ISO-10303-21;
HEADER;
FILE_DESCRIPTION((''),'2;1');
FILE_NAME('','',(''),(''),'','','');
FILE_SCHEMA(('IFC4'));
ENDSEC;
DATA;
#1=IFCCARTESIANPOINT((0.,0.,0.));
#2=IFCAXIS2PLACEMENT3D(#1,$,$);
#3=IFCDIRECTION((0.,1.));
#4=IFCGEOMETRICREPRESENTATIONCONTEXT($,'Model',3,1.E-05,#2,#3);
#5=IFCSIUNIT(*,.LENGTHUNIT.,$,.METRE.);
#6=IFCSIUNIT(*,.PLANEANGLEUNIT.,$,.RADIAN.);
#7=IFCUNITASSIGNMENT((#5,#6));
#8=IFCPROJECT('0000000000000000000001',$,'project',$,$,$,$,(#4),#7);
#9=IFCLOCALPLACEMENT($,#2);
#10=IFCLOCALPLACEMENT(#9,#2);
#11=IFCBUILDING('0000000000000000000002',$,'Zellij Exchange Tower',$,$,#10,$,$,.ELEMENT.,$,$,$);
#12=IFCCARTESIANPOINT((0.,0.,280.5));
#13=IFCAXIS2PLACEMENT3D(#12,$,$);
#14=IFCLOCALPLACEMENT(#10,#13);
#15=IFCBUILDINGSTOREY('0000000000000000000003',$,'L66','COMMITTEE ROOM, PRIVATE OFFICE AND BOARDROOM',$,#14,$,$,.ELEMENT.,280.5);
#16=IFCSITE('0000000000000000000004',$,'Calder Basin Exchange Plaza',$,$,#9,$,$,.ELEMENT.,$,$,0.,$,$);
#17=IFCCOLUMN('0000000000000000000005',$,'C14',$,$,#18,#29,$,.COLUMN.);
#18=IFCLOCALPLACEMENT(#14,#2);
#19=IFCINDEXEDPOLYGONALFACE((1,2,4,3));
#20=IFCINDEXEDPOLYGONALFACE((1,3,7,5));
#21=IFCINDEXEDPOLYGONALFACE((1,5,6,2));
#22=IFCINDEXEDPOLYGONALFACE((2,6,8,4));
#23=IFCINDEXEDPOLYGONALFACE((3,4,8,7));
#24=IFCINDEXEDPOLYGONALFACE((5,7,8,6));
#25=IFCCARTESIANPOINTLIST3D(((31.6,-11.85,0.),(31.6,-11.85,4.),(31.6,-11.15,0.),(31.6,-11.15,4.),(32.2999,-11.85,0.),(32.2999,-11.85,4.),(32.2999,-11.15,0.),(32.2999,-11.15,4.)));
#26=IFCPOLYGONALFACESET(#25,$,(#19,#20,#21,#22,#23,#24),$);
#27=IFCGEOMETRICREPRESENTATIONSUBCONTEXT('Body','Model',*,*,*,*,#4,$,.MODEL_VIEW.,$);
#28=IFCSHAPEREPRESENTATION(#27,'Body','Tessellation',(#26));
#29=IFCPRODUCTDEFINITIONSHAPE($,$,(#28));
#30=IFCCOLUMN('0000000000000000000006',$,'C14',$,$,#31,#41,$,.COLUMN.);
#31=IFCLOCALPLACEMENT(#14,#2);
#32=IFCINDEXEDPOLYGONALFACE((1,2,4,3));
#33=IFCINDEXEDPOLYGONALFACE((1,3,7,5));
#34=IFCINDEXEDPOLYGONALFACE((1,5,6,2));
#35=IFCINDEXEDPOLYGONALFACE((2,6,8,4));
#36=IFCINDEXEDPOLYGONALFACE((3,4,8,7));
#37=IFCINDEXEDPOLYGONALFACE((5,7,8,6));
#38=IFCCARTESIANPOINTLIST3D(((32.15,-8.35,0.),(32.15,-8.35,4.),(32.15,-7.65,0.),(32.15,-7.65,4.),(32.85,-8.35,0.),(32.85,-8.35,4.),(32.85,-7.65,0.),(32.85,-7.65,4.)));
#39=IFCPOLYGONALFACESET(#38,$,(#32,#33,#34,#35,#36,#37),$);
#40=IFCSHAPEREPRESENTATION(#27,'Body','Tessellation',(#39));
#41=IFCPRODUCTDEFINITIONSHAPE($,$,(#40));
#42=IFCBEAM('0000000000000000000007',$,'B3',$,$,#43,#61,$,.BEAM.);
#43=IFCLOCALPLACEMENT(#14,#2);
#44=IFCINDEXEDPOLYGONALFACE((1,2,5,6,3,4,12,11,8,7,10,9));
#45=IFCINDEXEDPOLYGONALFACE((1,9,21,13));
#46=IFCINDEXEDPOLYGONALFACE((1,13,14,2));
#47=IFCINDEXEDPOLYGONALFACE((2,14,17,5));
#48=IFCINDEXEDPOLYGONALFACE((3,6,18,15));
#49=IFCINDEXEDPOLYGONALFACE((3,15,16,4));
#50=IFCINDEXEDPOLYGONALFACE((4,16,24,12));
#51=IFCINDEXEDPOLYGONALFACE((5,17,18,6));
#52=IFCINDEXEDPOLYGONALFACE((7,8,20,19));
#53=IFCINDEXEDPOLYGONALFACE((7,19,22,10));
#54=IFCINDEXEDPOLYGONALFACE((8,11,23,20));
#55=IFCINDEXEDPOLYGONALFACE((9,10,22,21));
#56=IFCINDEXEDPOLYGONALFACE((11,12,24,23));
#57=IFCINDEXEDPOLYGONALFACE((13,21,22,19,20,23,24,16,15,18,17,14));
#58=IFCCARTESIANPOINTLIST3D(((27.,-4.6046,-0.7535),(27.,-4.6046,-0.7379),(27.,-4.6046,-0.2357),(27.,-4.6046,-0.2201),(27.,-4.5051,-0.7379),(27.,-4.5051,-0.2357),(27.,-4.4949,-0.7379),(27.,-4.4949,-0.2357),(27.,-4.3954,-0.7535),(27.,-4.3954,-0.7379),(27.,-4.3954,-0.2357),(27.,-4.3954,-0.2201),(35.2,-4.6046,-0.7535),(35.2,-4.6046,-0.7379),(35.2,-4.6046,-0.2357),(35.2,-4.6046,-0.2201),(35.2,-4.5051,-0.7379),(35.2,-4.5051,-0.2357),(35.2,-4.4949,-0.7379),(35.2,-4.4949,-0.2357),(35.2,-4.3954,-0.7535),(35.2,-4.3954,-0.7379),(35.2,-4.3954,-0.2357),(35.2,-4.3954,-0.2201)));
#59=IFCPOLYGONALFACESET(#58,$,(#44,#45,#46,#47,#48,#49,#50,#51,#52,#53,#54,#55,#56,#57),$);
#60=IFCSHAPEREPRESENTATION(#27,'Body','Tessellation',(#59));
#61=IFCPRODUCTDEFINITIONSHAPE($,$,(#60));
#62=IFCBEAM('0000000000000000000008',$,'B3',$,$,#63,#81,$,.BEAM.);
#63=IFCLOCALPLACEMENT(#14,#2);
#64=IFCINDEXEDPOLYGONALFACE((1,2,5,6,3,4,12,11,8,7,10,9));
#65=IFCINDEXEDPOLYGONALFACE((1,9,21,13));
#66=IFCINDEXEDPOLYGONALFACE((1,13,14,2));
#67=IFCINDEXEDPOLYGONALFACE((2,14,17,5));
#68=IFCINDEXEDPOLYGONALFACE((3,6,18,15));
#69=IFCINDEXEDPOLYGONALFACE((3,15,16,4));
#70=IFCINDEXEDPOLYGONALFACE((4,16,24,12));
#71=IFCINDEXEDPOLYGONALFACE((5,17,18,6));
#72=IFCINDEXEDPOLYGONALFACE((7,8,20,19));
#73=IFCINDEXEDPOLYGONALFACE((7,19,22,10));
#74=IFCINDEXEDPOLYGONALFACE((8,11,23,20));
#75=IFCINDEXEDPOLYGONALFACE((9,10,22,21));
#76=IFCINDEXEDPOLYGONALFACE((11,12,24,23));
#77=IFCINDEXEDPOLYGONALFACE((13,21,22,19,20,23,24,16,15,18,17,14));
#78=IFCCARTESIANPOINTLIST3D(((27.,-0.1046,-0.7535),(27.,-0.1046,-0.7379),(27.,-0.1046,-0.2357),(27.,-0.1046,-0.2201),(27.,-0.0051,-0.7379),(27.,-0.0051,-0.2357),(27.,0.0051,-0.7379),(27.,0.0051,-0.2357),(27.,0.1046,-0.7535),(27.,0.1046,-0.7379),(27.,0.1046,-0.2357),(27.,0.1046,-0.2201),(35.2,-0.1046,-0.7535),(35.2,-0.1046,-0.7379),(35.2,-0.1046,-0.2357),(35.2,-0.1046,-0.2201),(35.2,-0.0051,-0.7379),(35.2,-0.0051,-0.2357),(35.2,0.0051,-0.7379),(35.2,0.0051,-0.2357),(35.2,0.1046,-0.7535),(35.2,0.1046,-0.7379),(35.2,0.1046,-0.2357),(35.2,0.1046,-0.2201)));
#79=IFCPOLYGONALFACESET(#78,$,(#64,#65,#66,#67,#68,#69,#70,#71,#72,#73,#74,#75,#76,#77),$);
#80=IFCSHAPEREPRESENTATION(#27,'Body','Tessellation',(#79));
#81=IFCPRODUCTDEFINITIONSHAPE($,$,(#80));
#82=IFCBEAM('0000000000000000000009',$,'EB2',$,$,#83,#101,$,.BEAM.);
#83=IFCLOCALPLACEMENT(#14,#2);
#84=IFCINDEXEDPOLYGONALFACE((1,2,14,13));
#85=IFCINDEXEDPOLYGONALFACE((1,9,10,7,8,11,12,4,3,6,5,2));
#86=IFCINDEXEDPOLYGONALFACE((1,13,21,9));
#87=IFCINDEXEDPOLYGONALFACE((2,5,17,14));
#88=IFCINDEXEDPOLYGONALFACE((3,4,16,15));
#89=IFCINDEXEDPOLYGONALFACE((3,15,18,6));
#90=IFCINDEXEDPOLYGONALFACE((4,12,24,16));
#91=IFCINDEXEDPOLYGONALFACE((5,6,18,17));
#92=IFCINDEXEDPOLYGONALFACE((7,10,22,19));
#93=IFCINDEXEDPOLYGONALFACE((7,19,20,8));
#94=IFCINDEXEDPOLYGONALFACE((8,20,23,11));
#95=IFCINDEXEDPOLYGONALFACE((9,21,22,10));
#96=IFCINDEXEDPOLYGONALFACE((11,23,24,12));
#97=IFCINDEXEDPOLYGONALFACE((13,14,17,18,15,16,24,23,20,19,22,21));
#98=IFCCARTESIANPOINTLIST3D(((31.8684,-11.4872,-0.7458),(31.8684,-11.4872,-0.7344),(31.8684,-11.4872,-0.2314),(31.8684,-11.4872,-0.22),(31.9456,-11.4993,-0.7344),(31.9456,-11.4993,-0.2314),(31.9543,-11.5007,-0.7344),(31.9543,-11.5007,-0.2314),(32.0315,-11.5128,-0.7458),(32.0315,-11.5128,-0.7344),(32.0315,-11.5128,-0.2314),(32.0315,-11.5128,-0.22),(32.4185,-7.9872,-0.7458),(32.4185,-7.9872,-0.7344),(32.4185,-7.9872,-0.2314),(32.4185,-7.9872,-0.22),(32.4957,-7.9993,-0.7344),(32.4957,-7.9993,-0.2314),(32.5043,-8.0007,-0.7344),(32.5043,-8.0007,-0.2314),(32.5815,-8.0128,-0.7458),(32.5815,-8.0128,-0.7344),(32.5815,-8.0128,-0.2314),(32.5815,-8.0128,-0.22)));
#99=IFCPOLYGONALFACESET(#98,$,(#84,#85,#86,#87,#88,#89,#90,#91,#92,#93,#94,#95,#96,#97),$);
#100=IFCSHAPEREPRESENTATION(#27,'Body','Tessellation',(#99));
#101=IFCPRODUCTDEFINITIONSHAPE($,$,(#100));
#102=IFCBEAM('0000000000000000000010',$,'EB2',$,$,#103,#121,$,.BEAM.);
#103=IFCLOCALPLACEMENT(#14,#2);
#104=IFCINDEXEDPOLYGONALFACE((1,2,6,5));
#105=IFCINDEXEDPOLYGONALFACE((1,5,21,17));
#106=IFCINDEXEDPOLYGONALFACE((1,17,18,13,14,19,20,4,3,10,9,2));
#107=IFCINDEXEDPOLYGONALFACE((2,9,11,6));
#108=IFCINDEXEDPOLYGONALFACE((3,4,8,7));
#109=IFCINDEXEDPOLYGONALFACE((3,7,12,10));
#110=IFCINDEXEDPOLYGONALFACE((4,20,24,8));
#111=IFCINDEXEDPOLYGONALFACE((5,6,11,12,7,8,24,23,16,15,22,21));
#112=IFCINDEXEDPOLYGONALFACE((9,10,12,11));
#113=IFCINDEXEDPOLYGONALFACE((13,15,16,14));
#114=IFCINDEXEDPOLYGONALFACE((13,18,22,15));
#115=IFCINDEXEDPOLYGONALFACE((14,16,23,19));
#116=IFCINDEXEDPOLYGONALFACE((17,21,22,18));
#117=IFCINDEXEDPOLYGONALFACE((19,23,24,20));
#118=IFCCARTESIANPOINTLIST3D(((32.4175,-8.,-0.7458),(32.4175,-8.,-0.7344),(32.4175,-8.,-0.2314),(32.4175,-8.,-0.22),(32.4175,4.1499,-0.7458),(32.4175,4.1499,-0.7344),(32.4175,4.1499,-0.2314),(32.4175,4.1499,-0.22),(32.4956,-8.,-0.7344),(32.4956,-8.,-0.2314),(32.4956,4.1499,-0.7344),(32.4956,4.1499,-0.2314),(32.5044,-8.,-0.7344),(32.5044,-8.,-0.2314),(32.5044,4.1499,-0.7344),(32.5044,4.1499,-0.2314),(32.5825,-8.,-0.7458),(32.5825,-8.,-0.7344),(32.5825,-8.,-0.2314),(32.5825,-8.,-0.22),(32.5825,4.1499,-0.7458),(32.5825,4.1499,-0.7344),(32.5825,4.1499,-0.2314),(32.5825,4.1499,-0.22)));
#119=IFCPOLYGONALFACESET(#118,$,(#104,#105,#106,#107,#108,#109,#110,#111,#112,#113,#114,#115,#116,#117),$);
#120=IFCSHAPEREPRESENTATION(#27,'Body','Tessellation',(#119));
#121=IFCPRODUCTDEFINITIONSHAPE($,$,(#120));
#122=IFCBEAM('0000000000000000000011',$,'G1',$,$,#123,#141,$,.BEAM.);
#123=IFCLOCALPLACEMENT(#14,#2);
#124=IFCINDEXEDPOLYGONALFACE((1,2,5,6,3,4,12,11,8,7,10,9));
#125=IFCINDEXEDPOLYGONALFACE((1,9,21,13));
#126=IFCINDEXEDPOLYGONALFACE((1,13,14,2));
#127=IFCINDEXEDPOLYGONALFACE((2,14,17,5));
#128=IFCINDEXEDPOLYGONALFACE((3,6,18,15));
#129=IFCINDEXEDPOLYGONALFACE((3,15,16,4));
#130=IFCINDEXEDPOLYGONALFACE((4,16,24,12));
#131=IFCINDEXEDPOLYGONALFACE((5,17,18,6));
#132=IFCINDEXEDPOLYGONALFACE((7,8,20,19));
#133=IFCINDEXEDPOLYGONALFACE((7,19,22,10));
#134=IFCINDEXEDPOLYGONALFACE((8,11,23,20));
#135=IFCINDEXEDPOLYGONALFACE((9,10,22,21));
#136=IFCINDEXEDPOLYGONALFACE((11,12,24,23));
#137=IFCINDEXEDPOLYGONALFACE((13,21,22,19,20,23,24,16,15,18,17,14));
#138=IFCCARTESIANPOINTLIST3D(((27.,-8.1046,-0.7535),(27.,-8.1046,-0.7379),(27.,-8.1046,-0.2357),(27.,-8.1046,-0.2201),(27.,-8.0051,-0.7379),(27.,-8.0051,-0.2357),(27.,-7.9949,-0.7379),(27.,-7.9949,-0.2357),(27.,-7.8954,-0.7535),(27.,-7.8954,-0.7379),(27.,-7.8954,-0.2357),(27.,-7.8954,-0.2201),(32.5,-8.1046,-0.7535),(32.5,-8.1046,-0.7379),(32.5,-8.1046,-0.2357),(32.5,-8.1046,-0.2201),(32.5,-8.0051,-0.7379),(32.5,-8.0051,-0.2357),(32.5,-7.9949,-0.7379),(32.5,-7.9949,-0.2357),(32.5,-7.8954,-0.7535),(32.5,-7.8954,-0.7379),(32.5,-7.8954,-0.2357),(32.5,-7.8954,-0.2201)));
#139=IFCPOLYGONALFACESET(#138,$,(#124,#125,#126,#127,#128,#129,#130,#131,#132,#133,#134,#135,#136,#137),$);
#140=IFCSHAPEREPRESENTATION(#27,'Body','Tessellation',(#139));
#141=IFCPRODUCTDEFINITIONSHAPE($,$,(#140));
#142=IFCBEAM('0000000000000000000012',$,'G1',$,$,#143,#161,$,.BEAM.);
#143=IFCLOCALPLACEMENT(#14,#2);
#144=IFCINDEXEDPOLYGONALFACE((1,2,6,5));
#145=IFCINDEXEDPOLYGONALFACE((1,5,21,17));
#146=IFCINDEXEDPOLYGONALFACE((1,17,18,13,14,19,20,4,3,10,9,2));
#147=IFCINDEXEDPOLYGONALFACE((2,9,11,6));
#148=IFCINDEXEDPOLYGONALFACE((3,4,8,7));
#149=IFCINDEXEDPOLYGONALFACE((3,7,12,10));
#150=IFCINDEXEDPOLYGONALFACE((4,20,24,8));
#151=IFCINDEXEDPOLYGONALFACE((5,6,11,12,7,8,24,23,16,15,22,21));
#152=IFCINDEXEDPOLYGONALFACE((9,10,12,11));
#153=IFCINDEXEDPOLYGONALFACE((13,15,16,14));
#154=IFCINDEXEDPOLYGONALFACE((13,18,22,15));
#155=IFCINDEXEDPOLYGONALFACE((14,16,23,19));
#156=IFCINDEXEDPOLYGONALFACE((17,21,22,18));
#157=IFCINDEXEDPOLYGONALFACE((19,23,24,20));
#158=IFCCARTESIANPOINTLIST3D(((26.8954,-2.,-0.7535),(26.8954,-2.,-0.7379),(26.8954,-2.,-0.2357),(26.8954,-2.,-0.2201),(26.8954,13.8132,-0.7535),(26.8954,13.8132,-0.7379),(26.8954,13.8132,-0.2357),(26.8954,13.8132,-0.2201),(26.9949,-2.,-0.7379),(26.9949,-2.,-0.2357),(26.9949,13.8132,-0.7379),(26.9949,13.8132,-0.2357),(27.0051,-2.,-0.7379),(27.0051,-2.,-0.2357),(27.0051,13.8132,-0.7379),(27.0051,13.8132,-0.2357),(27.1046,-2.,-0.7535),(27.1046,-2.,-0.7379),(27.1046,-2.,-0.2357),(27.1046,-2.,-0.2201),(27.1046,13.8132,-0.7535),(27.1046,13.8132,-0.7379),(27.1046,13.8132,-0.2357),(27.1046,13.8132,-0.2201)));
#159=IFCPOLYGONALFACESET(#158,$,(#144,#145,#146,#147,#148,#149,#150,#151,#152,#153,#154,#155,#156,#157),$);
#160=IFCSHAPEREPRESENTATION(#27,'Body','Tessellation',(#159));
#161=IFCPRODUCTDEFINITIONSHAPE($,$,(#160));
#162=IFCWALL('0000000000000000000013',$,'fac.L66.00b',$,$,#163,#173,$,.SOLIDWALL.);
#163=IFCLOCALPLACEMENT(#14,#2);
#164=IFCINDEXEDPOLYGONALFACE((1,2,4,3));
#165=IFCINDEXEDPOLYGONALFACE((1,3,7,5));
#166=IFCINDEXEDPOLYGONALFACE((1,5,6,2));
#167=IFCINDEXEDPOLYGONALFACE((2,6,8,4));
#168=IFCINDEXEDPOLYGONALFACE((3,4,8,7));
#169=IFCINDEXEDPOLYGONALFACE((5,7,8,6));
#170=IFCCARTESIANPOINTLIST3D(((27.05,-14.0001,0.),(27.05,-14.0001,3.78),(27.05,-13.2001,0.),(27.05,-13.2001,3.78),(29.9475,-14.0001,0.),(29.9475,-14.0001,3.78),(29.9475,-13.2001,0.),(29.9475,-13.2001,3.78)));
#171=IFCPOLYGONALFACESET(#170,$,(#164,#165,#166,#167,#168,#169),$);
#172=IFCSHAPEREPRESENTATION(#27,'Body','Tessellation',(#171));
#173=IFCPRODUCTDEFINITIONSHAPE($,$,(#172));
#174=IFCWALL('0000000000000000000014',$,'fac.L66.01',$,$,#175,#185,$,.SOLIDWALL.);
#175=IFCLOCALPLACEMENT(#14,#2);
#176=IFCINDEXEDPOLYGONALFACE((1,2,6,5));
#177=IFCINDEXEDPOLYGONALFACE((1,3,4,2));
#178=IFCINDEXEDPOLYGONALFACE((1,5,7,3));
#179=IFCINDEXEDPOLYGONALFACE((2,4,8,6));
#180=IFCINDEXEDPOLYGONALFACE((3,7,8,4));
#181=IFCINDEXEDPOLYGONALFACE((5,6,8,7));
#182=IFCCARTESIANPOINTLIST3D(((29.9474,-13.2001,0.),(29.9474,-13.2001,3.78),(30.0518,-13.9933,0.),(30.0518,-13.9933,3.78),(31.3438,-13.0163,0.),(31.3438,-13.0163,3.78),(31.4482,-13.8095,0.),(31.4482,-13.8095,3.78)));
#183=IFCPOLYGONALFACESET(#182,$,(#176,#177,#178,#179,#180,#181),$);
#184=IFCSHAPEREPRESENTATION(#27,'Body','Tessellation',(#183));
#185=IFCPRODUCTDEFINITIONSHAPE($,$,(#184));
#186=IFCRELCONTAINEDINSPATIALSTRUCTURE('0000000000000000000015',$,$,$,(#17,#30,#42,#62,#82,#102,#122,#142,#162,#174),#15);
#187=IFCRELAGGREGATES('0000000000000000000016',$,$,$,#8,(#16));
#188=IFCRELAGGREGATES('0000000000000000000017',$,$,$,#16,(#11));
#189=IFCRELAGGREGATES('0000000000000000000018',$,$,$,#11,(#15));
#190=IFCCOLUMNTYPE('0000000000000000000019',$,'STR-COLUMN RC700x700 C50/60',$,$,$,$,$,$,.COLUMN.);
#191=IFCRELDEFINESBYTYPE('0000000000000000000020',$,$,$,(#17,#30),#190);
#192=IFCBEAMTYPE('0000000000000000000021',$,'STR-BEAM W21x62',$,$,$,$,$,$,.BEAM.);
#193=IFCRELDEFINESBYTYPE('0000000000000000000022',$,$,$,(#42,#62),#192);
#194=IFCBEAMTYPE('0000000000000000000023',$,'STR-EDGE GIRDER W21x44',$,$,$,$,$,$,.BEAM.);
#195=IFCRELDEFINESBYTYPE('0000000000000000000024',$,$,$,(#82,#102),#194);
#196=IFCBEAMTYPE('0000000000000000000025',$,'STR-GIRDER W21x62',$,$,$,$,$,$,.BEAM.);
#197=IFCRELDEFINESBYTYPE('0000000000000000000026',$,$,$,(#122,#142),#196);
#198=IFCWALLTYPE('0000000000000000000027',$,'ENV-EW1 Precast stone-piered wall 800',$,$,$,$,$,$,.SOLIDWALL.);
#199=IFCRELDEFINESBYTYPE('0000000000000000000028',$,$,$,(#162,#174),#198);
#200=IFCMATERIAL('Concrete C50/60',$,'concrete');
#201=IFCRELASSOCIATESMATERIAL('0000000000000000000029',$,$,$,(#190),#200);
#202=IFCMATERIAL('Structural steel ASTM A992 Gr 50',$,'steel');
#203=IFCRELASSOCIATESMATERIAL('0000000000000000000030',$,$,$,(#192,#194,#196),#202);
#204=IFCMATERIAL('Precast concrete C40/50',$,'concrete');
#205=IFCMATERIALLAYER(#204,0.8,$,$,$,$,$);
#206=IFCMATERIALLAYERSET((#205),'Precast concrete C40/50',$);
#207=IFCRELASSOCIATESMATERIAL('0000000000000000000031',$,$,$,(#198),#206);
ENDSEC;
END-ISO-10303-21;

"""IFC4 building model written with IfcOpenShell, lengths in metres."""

from ifc_helpers import new_model, si_unit, direction, frame, frame_2d, origin, origin_2d, place, context, subcontext, project, spatial, rectangle, i_section, extrude, material, layer, layer_set, material_profile, profile_set, type_object, element, save


model = new_model("IFC4")

# Units and contexts
model_context = context("Model", 3, precision=1e-05, world=origin(), true_north=direction((0.0, 1.0)))
body_context = subcontext(model_context, "Body", "Model", "MODEL_VIEW")
ifc_project = project(units=[si_unit("LENGTHUNIT", "METRE"), si_unit("PLANEANGLEUNIT", "RADIAN")], contexts=[model_context])

# Site, building, storey
site_placement = place(None, origin())
site = spatial("IfcSite", under=ifc_project, at=site_placement, Name="Calder Basin Exchange Plaza", CompositionType="ELEMENT", RefElevation=0.0)
building_placement = place(site_placement, origin())
building = spatial("IfcBuilding", under=site, at=building_placement, Name="Zellij Exchange Tower", CompositionType="ELEMENT")
storey_placement = place(building_placement, frame((0.0, 0.0, 280.5)))
storey = spatial("IfcBuildingStorey", under=building, at=storey_placement, Name="L66", Description="COMMITTEE ROOM, PRIVATE OFFICE AND BOARDROOM", CompositionType="ELEMENT", Elevation=280.5)

# Columns
ifc_material_1 = material(Name="Concrete C50/60", Category="concrete")
ifc_material_profile_1 = material_profile(ifc_material_1, rectangle(XDim=0.7, YDim=0.7, at=origin_2d()), Name="STR-COLUMN RC700x700 C50/60")
ifc_profile_set_1 = profile_set([ifc_material_profile_1], Name="Concrete C50/60")
column_type = type_object("IfcColumnType", Name="STR-COLUMN RC700x700 C50/60", PredefinedType="COLUMN", material=ifc_profile_set_1)
for number, where, z_axis, x_axis, name in (
    (1, (31.95, -11.5, 0.0), (0.0, 0.0, 1.0), (1.0, 0.0, 0.0), "C14"),
    (2, (32.5, -8.0, 0.0), (0.0, 0.0, 1.0), (1.0, 0.0, 0.0), "C14"),
):
    element("IfcColumn", number, at=place(storey_placement, frame(where, z_axis=z_axis, x_axis=x_axis)), inside=storey, type_object=column_type, Name=name, PredefinedType="COLUMN", context=body_context, shape_type="SweptSolid", body=[
        extrude(rectangle(XDim=0.7, YDim=0.7, at=origin_2d()), origin(), (0.0, 0.0, 1.0), 4.0),
    ])

# Beams
ifc_material_2 = material(Name="Structural steel ASTM A992 Gr 50", Category="steel")
ifc_material_profile_2 = material_profile(ifc_material_2, i_section(OverallWidth=0.2092, OverallDepth=0.5334, WebThickness=0.0103, FlangeThickness=0.0156, at=origin_2d()), Name="W21x62")
ifc_profile_set_2 = profile_set([ifc_material_profile_2], Name="Structural steel ASTM A992 Gr 50")
beam_type_1 = type_object("IfcBeamType", Name="STR-BEAM W21x62", PredefinedType="BEAM", material=ifc_profile_set_2)
for number, where, z_axis, x_axis, name in (
    (3, (27.0, -4.5, -0.4868), (1.0, 0.0, 0.0), (0.0, 1.0, 0.0), "B3"),
    (4, (27.0, 0.0, -0.4868), (1.0, 0.0, 0.0), (0.0, 1.0, 0.0), "B3"),
):
    element("IfcBeam", number, at=place(storey_placement, frame(where, z_axis=z_axis, x_axis=x_axis)), inside=storey, type_object=beam_type_1, Name=name, PredefinedType="BEAM", context=body_context, shape_type="SweptSolid", body=[
        extrude(i_section(OverallWidth=0.2092, OverallDepth=0.5334, WebThickness=0.0103, FlangeThickness=0.0156, at=origin_2d()), origin(), (0.0, 0.0, 1.0), 8.2),
    ])
ifc_material_profile_3 = material_profile(ifc_material_2, i_section(OverallWidth=0.165, OverallDepth=0.5259, WebThickness=0.0088, FlangeThickness=0.0115, at=origin_2d()), Name="W21x44")
ifc_profile_set_3 = profile_set([ifc_material_profile_3], Name="Structural steel ASTM A992 Gr 50")
beam_type_2 = type_object("IfcBeamType", Name="STR-EDGE GIRDER W21x44", PredefinedType="BEAM", material=ifc_profile_set_3)
beam_1_placement = place(storey_placement, frame((31.95, -11.5, -0.4829), z_axis=(0.155251, 0.987875, 0.0), x_axis=(-0.987875, 0.155251, 0.0)))
element("IfcBeam", 5, at=beam_1_placement, inside=storey, type_object=beam_type_2, Name="EB2", PredefinedType="BEAM", context=body_context, shape_type="SweptSolid", body=[
    extrude(i_section(OverallWidth=0.165, OverallDepth=0.5259, WebThickness=0.0088, FlangeThickness=0.0115, at=origin_2d()), origin(), (0.0, 0.0, 1.0), 3.543),
])
beam_2_placement = place(storey_placement, frame((32.5, -8.0, -0.4829), z_axis=(0.0, 1.0, 0.0), x_axis=(-1.0, 0.0, 0.0)))
element("IfcBeam", 6, at=beam_2_placement, inside=storey, type_object=beam_type_2, Name="EB2", PredefinedType="BEAM", context=body_context, shape_type="SweptSolid", body=[
    extrude(i_section(OverallWidth=0.165, OverallDepth=0.5259, WebThickness=0.0088, FlangeThickness=0.0115, at=origin_2d()), origin(), (0.0, 0.0, 1.0), 12.1499),
])
ifc_material_profile_4 = material_profile(ifc_material_2, i_section(OverallWidth=0.2092, OverallDepth=0.5334, WebThickness=0.0103, FlangeThickness=0.0156, at=origin_2d()), Name="W21x62")
ifc_profile_set_4 = profile_set([ifc_material_profile_4], Name="Structural steel ASTM A992 Gr 50")
beam_type_3 = type_object("IfcBeamType", Name="STR-GIRDER W21x62", PredefinedType="BEAM", material=ifc_profile_set_4)
beam_3_placement = place(storey_placement, frame((27.0, -8.0, -0.4868), z_axis=(1.0, 0.0, 0.0), x_axis=(0.0, 1.0, 0.0)))
element("IfcBeam", 7, at=beam_3_placement, inside=storey, type_object=beam_type_3, Name="G1", PredefinedType="BEAM", context=body_context, shape_type="SweptSolid", body=[
    extrude(i_section(OverallWidth=0.2092, OverallDepth=0.5334, WebThickness=0.0103, FlangeThickness=0.0156, at=origin_2d()), origin(), (0.0, 0.0, 1.0), 5.5),
])
beam_4_placement = place(storey_placement, frame((27.0, -2.0, -0.4868), z_axis=(0.0, 1.0, 0.0), x_axis=(-1.0, 0.0, 0.0)))
element("IfcBeam", 8, at=beam_4_placement, inside=storey, type_object=beam_type_3, Name="G1", PredefinedType="BEAM", context=body_context, shape_type="SweptSolid", body=[
    extrude(i_section(OverallWidth=0.2092, OverallDepth=0.5334, WebThickness=0.0103, FlangeThickness=0.0156, at=origin_2d()), origin(), (0.0, 0.0, 1.0), 15.8132),
])

# Walls
ifc_material_3 = material(Name="Precast concrete C40/50", Category="concrete")
ifc_layer_1 = layer(ifc_material_3, 0.8)
ifc_layer_set_1 = layer_set([ifc_layer_1], Name="Precast concrete C40/50")
wall_type_1 = type_object("IfcWallType", Name="ENV-EW1 Precast stone-piered wall 800", PredefinedType="SOLIDWALL", material=ifc_layer_set_1)
wall_1_placement = place(storey_placement, frame((27.05, -13.6001, 0.0), z_axis=(0.0, 0.0, 1.0), x_axis=(1.0, 0.0, 0.0)))
element("IfcWall", 9, at=wall_1_placement, inside=storey, type_object=wall_type_1, Name="fac.L66.00b", PredefinedType="SOLIDWALL", context=body_context, shape_type="SweptSolid", body=[
    extrude(rectangle(XDim=2.8975, YDim=0.8, at=frame_2d((1.4487, 0.0))), origin(), (0.0, 0.0, 1.0), 3.78),
])
wall_2_placement = place(storey_placement, frame((29.9998, -13.5967, 0.0), z_axis=(0.0, 0.0, 1.0), x_axis=(0.991446, 0.130517, 0.0)))
element("IfcWall", 10, at=wall_2_placement, inside=storey, type_object=wall_type_1, Name="fac.L66.01", PredefinedType="SOLIDWALL", context=body_context, shape_type="SweptSolid", body=[
    extrude(rectangle(XDim=1.4084, YDim=0.8, at=frame_2d((0.7041, 0.0))), origin(), (0.0, 0.0, 1.0), 3.78),
])

save(model, "model.ifc")
